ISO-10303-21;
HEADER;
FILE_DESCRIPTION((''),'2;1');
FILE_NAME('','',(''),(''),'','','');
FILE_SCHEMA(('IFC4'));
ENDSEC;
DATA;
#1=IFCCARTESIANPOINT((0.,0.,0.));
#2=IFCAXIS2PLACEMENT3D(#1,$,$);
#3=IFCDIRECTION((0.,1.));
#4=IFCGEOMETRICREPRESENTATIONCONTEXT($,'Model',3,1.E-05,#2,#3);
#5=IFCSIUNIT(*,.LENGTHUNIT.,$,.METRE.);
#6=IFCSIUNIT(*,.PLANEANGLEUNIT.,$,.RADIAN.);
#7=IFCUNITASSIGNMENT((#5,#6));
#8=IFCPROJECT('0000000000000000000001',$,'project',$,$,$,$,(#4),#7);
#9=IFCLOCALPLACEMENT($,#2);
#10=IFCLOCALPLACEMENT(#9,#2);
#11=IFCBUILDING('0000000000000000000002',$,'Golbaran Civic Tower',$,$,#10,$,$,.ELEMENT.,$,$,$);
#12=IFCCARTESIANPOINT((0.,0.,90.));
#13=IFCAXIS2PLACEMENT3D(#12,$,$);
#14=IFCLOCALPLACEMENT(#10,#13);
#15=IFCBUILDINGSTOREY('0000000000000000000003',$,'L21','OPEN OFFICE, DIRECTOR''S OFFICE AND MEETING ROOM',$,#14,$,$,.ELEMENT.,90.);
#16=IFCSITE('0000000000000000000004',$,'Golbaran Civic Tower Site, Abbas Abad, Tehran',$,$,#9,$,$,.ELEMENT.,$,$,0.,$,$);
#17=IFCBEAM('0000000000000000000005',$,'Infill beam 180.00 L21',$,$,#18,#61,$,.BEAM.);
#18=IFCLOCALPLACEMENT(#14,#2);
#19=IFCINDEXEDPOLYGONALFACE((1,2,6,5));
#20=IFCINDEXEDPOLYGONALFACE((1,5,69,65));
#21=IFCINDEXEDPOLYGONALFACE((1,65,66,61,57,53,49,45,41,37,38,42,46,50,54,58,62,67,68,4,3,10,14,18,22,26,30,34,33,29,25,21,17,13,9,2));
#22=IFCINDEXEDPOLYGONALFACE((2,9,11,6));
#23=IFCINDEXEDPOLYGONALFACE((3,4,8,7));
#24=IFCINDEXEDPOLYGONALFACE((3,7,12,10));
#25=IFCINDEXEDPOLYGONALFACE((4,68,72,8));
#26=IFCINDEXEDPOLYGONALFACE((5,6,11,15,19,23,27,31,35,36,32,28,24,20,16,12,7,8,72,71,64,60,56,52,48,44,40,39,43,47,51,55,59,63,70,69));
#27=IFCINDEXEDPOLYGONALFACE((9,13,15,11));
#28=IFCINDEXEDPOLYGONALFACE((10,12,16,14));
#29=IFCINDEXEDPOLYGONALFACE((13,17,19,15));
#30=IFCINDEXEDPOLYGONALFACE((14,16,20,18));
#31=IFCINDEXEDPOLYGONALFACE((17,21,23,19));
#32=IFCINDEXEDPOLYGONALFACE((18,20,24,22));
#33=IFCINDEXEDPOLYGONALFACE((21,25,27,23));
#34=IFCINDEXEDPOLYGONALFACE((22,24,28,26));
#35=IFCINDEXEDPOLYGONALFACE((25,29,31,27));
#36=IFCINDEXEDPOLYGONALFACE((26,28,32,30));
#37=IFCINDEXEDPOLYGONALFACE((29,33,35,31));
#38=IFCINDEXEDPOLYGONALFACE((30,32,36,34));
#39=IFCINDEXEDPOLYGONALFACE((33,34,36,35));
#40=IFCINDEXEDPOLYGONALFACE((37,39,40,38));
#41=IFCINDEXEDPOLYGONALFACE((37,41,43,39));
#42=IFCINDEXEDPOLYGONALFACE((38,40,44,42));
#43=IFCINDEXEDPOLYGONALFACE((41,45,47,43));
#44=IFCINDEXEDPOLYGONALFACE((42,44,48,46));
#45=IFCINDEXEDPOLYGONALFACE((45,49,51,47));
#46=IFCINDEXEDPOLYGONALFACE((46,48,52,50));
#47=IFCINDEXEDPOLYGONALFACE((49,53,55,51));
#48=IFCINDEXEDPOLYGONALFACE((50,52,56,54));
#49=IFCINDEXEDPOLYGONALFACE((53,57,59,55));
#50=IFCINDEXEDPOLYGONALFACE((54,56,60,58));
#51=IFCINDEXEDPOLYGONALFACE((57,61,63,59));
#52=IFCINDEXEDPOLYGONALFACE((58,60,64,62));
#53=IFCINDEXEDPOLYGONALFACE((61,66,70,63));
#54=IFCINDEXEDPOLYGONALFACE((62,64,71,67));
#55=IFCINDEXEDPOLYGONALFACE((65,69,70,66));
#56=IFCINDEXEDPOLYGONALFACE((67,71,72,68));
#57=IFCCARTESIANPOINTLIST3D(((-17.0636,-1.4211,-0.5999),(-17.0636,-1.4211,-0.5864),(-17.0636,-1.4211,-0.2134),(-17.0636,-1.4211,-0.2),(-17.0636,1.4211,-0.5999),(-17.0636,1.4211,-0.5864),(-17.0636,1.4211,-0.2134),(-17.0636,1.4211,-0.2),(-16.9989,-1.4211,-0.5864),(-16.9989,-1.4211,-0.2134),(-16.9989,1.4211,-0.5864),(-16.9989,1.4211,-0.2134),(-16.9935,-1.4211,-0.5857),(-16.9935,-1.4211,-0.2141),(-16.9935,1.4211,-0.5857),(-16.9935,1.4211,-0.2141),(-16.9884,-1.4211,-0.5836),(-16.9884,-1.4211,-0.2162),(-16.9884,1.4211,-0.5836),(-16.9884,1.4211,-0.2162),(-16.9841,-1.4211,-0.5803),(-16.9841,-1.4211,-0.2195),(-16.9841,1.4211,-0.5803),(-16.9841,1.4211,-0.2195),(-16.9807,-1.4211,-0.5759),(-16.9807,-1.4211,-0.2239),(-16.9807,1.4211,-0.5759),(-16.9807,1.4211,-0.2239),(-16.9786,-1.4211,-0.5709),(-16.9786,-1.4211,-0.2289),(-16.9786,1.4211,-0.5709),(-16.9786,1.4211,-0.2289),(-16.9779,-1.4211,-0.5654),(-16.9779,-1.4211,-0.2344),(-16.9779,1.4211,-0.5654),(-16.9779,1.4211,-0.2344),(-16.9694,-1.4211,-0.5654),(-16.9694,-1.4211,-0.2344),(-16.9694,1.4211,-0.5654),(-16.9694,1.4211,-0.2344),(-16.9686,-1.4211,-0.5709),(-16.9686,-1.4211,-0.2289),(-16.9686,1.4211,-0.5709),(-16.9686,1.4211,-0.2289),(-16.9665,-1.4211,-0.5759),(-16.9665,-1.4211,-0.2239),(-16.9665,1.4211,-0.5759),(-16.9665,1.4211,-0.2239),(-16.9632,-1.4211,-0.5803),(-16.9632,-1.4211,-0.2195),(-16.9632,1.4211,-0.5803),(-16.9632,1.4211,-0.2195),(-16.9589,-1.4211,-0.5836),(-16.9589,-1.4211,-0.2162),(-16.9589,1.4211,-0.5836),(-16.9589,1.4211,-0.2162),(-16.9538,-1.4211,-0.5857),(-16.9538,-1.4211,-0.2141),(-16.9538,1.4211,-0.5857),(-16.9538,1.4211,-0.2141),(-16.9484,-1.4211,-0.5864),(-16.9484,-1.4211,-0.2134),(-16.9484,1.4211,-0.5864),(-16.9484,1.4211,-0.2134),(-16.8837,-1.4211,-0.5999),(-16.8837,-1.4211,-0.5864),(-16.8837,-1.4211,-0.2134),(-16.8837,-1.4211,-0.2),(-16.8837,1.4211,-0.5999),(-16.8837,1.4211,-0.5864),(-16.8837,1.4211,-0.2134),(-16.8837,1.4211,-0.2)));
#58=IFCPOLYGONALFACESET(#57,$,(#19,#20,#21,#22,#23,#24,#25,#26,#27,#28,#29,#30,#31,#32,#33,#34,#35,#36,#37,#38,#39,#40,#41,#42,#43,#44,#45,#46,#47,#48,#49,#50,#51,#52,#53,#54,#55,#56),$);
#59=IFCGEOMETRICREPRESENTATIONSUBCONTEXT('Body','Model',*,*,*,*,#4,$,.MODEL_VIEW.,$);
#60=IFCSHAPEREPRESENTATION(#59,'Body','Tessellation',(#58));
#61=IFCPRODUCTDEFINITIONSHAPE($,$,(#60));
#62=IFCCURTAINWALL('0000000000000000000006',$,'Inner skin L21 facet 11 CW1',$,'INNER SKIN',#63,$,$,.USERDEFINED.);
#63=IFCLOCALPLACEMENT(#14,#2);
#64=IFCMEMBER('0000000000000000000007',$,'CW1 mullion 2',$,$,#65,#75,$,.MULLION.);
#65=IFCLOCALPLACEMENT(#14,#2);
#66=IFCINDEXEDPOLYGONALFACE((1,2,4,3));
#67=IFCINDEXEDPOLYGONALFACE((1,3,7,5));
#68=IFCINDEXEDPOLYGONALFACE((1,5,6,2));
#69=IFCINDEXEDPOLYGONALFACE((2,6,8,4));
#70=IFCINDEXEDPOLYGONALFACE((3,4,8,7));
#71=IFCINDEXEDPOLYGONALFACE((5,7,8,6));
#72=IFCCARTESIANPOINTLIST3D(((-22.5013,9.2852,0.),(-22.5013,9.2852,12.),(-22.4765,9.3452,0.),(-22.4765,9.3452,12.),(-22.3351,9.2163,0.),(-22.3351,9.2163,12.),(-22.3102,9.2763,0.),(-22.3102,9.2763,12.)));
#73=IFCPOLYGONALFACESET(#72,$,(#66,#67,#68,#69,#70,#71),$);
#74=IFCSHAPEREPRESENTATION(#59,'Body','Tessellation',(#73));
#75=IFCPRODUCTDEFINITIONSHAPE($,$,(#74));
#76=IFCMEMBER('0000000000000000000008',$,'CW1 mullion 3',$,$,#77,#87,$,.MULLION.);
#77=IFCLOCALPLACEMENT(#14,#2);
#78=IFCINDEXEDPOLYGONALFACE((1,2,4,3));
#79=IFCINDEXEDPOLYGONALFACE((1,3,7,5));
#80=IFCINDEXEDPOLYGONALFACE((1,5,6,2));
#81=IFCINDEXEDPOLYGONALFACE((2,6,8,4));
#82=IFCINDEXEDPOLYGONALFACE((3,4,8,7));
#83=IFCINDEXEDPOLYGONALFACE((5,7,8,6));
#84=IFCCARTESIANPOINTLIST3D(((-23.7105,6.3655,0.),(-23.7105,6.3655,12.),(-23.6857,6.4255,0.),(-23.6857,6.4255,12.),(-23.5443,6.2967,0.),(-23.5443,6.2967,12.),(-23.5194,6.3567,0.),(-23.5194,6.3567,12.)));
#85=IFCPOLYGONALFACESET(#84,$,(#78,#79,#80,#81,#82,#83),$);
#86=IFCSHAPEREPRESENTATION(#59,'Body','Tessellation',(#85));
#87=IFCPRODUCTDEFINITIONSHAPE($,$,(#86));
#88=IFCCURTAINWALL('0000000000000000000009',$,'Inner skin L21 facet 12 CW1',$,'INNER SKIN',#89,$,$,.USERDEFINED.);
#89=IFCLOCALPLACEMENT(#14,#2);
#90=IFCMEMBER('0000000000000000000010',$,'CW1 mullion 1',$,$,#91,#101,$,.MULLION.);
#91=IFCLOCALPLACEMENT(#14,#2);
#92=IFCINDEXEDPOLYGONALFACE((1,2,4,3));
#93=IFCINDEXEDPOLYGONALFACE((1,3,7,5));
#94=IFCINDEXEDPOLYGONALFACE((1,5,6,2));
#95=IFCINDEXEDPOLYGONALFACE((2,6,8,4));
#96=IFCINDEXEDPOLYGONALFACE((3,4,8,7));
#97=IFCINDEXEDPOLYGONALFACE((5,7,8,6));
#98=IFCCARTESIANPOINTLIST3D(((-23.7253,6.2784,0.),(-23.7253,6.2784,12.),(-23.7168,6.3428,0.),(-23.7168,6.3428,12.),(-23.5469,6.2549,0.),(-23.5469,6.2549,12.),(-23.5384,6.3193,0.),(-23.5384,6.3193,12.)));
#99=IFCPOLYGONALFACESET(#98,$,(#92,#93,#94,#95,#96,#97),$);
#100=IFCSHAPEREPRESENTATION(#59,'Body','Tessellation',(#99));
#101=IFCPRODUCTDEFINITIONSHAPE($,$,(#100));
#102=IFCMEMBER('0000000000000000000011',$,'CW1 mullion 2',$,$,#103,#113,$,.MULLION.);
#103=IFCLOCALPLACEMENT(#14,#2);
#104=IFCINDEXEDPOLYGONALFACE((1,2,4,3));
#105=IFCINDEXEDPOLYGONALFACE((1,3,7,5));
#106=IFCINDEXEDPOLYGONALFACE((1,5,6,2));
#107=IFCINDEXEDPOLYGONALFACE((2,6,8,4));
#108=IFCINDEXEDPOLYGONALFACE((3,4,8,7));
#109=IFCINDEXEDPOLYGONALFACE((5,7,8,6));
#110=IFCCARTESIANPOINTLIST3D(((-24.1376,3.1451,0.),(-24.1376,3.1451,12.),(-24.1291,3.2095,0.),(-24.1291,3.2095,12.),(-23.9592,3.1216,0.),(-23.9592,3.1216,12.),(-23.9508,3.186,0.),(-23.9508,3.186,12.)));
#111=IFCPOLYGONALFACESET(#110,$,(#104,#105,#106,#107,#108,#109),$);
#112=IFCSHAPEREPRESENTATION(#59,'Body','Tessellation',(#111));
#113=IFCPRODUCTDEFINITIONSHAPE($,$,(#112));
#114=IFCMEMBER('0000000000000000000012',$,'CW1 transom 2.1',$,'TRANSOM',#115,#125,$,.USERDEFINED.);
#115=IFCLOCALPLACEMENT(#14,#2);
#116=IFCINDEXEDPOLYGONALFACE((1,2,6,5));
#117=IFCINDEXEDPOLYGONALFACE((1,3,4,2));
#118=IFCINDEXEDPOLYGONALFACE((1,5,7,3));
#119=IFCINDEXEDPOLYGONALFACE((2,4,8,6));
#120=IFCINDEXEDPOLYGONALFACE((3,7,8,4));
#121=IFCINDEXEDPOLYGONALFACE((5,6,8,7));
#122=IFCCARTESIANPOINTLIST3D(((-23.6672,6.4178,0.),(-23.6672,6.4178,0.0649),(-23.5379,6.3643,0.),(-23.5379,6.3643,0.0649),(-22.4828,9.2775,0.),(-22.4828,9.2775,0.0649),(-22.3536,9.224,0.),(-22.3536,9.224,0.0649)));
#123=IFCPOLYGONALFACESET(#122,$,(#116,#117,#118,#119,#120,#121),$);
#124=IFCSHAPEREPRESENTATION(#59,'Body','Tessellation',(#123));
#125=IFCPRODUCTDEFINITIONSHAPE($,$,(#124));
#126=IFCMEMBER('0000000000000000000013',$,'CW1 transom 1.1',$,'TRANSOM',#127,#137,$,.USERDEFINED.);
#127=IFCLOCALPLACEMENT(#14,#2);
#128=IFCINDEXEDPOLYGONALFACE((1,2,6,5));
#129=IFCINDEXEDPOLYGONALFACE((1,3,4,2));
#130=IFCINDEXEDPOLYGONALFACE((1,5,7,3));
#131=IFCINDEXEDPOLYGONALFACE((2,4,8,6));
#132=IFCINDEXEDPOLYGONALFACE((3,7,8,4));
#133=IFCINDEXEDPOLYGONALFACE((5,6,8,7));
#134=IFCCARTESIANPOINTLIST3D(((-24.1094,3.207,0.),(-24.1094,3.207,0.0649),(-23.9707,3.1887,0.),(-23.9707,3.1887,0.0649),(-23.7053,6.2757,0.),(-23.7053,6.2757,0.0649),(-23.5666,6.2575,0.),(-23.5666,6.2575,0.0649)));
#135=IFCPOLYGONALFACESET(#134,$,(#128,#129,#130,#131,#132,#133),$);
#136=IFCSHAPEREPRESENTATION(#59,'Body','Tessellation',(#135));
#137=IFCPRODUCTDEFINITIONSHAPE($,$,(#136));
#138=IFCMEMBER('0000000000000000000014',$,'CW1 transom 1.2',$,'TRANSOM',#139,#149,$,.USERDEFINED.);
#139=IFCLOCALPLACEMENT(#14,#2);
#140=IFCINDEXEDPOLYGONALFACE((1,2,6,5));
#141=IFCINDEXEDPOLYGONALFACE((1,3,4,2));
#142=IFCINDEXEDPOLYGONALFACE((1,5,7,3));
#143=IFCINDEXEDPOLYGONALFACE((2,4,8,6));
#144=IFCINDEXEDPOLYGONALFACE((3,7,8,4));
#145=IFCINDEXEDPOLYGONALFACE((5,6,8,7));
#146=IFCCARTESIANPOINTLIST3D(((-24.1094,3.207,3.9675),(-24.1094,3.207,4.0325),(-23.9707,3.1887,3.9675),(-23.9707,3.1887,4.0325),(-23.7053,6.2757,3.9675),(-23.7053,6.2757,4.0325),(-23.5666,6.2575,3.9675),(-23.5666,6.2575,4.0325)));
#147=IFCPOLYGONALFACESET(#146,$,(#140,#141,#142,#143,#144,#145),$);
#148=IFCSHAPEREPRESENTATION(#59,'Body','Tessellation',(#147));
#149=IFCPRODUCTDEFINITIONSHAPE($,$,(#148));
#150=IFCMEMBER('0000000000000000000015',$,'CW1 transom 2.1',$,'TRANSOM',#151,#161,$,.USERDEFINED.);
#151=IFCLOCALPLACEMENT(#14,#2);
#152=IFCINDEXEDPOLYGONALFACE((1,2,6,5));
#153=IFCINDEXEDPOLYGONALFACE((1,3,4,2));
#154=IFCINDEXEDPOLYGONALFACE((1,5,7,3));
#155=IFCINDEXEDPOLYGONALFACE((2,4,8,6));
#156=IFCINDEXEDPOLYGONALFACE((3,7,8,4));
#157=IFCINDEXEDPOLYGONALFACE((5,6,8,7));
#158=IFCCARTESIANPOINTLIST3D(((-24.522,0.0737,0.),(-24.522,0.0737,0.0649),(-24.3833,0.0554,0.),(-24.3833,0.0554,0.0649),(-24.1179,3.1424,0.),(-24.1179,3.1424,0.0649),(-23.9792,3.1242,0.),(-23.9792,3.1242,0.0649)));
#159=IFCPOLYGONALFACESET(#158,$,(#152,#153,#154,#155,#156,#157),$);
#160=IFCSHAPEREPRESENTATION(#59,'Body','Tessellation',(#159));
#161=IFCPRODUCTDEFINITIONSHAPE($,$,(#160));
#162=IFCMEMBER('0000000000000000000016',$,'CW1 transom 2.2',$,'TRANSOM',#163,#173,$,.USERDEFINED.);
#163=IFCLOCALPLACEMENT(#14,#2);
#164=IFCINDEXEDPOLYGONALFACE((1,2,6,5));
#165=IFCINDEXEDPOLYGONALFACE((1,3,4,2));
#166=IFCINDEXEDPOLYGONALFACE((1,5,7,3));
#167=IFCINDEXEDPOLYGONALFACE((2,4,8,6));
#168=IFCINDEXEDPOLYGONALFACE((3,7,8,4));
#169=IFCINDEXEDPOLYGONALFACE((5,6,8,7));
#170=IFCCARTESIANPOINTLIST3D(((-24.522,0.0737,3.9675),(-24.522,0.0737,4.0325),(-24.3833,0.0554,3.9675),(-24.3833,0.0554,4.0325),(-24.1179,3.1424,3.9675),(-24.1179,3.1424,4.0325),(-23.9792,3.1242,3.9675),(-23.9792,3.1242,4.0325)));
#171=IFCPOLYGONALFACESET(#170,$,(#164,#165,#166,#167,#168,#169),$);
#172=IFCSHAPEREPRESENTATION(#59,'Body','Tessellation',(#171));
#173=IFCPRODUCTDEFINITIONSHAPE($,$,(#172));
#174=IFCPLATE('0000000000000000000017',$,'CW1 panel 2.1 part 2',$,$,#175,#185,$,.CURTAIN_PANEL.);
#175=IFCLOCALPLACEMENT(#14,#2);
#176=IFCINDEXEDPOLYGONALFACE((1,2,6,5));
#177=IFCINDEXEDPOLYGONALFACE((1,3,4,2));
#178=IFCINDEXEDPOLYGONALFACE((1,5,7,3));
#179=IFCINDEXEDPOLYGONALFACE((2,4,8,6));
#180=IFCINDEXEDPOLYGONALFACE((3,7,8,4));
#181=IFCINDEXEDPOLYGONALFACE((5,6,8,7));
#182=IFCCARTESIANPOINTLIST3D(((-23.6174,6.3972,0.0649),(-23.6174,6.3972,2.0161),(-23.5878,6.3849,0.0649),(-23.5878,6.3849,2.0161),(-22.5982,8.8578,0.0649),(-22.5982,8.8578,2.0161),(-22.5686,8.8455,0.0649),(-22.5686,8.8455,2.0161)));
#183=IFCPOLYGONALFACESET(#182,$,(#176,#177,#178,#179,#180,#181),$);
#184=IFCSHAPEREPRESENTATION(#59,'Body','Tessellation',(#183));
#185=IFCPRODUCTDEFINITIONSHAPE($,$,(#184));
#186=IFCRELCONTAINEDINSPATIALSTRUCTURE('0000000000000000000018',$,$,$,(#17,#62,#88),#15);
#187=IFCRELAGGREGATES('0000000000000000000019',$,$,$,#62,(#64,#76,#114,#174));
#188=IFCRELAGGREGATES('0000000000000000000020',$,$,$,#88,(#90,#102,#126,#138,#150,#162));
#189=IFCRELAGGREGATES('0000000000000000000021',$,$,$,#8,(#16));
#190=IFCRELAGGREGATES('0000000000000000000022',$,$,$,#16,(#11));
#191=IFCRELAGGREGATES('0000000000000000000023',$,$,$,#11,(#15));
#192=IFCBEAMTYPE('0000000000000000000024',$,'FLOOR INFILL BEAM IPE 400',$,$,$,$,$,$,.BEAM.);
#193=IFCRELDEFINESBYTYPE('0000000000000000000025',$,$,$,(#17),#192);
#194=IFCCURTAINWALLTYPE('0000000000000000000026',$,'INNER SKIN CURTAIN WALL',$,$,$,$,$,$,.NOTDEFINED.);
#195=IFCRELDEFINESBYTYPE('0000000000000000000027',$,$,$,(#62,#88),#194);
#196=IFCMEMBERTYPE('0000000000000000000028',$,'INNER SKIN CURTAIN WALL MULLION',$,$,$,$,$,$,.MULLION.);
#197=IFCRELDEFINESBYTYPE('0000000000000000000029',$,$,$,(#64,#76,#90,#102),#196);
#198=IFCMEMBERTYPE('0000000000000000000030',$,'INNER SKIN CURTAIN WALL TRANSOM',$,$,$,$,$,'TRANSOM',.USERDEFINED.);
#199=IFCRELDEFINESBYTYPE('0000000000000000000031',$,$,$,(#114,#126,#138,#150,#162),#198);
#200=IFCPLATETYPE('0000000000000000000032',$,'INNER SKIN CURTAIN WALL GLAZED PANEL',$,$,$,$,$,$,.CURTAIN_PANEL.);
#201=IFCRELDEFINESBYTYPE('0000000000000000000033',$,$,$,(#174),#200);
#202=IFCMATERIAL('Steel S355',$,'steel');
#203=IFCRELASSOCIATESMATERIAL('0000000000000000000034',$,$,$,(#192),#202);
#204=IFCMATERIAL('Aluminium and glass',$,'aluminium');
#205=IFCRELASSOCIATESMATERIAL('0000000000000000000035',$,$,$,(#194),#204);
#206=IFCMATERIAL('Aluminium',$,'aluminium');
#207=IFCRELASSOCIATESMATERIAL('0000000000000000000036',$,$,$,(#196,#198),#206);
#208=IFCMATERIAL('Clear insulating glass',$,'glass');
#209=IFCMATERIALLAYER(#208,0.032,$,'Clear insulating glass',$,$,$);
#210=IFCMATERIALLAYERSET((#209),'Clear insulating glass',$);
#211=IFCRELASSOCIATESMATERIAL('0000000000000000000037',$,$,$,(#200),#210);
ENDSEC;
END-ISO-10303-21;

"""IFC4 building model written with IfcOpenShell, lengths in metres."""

from ifc_helpers import new_model, si_unit, direction, frame, origin, origin_2d, place, context, subcontext, project, spatial, rectangle, i_section, extrude, material, layer, layer_set, material_profile, profile_set, type_object, element, aggregate, save


model = new_model("IFC4")

# Units and contexts
model_context = context("Model", 3, precision=1e-05, world=origin(), true_north=direction((0.0, 1.0)))
body_context = subcontext(model_context, "Body", "Model", "MODEL_VIEW")
ifc_project = project(units=[si_unit("LENGTHUNIT", "METRE"), si_unit("PLANEANGLEUNIT", "RADIAN")], contexts=[model_context])

# Site, building, storey
site_placement = place(None, origin())
site = spatial("IfcSite", under=ifc_project, at=site_placement, Name="Golbaran Civic Tower Site, Abbas Abad, Tehran", CompositionType="ELEMENT", RefElevation=0.0)
building_placement = place(site_placement, origin())
building = spatial("IfcBuilding", under=site, at=building_placement, Name="Golbaran Civic Tower", CompositionType="ELEMENT")
storey_placement = place(building_placement, frame((0.0, 0.0, 90.0)))
storey = spatial("IfcBuildingStorey", under=building, at=storey_placement, Name="L21", Description="OPEN OFFICE, DIRECTOR'S OFFICE AND MEETING ROOM", CompositionType="ELEMENT", Elevation=90.0)

# Beam
ifc_material_1 = material(Name="Steel S355", Category="steel")
ifc_material_profile_1 = material_profile(ifc_material_1, i_section(OverallWidth=0.1799, OverallDepth=0.3999, WebThickness=0.0085, FlangeThickness=0.0134, FilletRadius=0.021, at=origin_2d()), Name="IPE 400")
ifc_profile_set_1 = profile_set([ifc_material_profile_1], Name="Steel S355")
beam_type_1 = type_object("IfcBeamType", Name="FLOOR INFILL BEAM IPE 400", PredefinedType="BEAM", material=ifc_profile_set_1)
beam_1_placement = place(storey_placement, frame((-16.9736, 1.4211, -0.3999), z_axis=(0.0, -1.0, 0.0), x_axis=(1.0, 0.0, 0.0)))
element("IfcBeam", 1, at=beam_1_placement, inside=storey, type_object=beam_type_1, Name="Infill beam 180.00 L21", PredefinedType="BEAM", context=body_context, shape_type="SweptSolid", body=[
    extrude(i_section(OverallWidth=0.1799, OverallDepth=0.3999, WebThickness=0.0085, FlangeThickness=0.0134, FilletRadius=0.021, at=origin_2d()), origin(), (0.0, 0.0, 1.0), 2.8423),
])

# Curtain walls, members
ifc_material_2 = material(Name="Aluminium and glass", Category="aluminium")
curtain_wall_type = type_object("IfcCurtainWallType", Name="INNER SKIN CURTAIN WALL", PredefinedType="NOTDEFINED", material=ifc_material_2)
curtain_wall_1_placement = place(storey_placement, origin())
curtain_wall_1 = element("IfcCurtainWall", 2, at=curtain_wall_1_placement, inside=storey, type_object=curtain_wall_type, Name="Inner skin L21 facet 11 CW1", ObjectType="INNER SKIN", PredefinedType="USERDEFINED")
ifc_material_3 = material(Name="Aluminium", Category="aluminium")
ifc_material_profile_2 = material_profile(ifc_material_3, rectangle(XDim=0.1799, YDim=0.0649, at=origin_2d()), Name="INNER SKIN CURTAIN WALL MULLION")
ifc_profile_set_2 = profile_set([ifc_material_profile_2], Name="Aluminium")
member_type_1 = type_object("IfcMemberType", Name="INNER SKIN CURTAIN WALL MULLION", PredefinedType="MULLION", material=ifc_profile_set_2)
member_1_placement = place(storey_placement, frame((-22.4058, 9.2808, 0.0), z_axis=(0.0, 0.0, 1.0), x_axis=(0.92388, -0.382683, 0.0)))
member_1 = element("IfcMember", 3, at=member_1_placement, type_object=member_type_1, Name="CW1 mullion 2", PredefinedType="MULLION", context=body_context, shape_type="SweptSolid", body=[
    extrude(rectangle(XDim=0.1799, YDim=0.0649, at=origin_2d()), origin(), (0.0, 0.0, 1.0), 12.0),
])
member_2_placement = place(storey_placement, frame((-23.615, 6.3611, 0.0), z_axis=(0.0, 0.0, 1.0), x_axis=(0.92388, -0.382683, 0.0)))
member_2 = element("IfcMember", 4, at=member_2_placement, type_object=member_type_1, Name="CW1 mullion 3", PredefinedType="MULLION", context=body_context, shape_type="SweptSolid", body=[
    extrude(rectangle(XDim=0.1799, YDim=0.0649, at=origin_2d()), origin(), (0.0, 0.0, 1.0), 12.0),
])
curtain_wall_2_placement = place(storey_placement, origin())
curtain_wall_2 = element("IfcCurtainWall", 5, at=curtain_wall_2_placement, inside=storey, type_object=curtain_wall_type, Name="Inner skin L21 facet 12 CW1", ObjectType="INNER SKIN", PredefinedType="USERDEFINED")
member_3_placement = place(storey_placement, frame((-23.6318, 6.2988, 0.0), z_axis=(0.0, 0.0, 1.0), x_axis=(0.991445, -0.130526, 0.0)))
member_3 = element("IfcMember", 6, at=member_3_placement, type_object=member_type_1, Name="CW1 mullion 1", PredefinedType="MULLION", context=body_context, shape_type="SweptSolid", body=[
    extrude(rectangle(XDim=0.1799, YDim=0.0649, at=origin_2d()), origin(), (0.0, 0.0, 1.0), 12.0),
])
member_4_placement = place(storey_placement, frame((-24.0442, 3.1655, 0.0), z_axis=(0.0, 0.0, 1.0), x_axis=(0.991445, -0.130526, 0.0)))
member_4 = element("IfcMember", 7, at=member_4_placement, type_object=member_type_1, Name="CW1 mullion 2", PredefinedType="MULLION", context=body_context, shape_type="SweptSolid", body=[
    extrude(rectangle(XDim=0.1799, YDim=0.0649, at=origin_2d()), origin(), (0.0, 0.0, 1.0), 12.0),
])

# Members
ifc_material_profile_3 = material_profile(ifc_material_3, rectangle(XDim=0.1399, YDim=0.0649, at=origin_2d()), Name="INNER SKIN CURTAIN WALL TRANSOM")
ifc_profile_set_3 = profile_set([ifc_material_profile_3], Name="Aluminium")
member_type_2 = type_object("IfcMemberType", Name="INNER SKIN CURTAIN WALL TRANSOM", ElementType="TRANSOM", PredefinedType="USERDEFINED", material=ifc_profile_set_3)
member_5_placement = place(storey_placement, frame((-22.4182, 9.2507, 0.0325), z_axis=(-0.382637, -0.923899, 0.0), x_axis=(0.923899, -0.382637, 0.0)))
member_5 = element("IfcMember", 8, at=member_5_placement, type_object=member_type_2, Name="CW1 transom 2.1", ObjectType="TRANSOM", PredefinedType="USERDEFINED", context=body_context, shape_type="SweptSolid", body=[
    extrude(rectangle(XDim=0.1399, YDim=0.0649, at=origin_2d()), origin(), (0.0, 0.0, 1.0), 3.0952),
])
member_6_placement = place(storey_placement, frame((-23.636, 6.2666, 0.0325), z_axis=(-0.130536, -0.991444, 0.0), x_axis=(0.991444, -0.130536, 0.0)))
member_6 = element("IfcMember", 9, at=member_6_placement, type_object=member_type_2, Name="CW1 transom 1.1", ObjectType="TRANSOM", PredefinedType="USERDEFINED", context=body_context, shape_type="SweptSolid", body=[
    extrude(rectangle(XDim=0.1399, YDim=0.0649, at=origin_2d()), origin(), (0.0, 0.0, 1.0), 3.0952),
])
member_7_placement = place(storey_placement, frame((-23.636, 6.2666, 4.0), z_axis=(-0.130536, -0.991444, 0.0), x_axis=(0.991444, -0.130536, 0.0)))
member_7 = element("IfcMember", 10, at=member_7_placement, type_object=member_type_2, Name="CW1 transom 1.2", ObjectType="TRANSOM", PredefinedType="USERDEFINED", context=body_context, shape_type="SweptSolid", body=[
    extrude(rectangle(XDim=0.1399, YDim=0.0649, at=origin_2d()), origin(), (0.0, 0.0, 1.0), 3.0952),
])
member_8_placement = place(storey_placement, frame((-24.0486, 3.1333, 0.0325), z_axis=(-0.130536, -0.991444, 0.0), x_axis=(0.991444, -0.130536, 0.0)))
member_8 = element("IfcMember", 11, at=member_8_placement, type_object=member_type_2, Name="CW1 transom 2.1", ObjectType="TRANSOM", PredefinedType="USERDEFINED", context=body_context, shape_type="SweptSolid", body=[
    extrude(rectangle(XDim=0.1399, YDim=0.0649, at=origin_2d()), origin(), (0.0, 0.0, 1.0), 3.0952),
])
member_9_placement = place(storey_placement, frame((-24.0486, 3.1333, 4.0), z_axis=(-0.130536, -0.991444, 0.0), x_axis=(0.991444, -0.130536, 0.0)))
member_9 = element("IfcMember", 12, at=member_9_placement, type_object=member_type_2, Name="CW1 transom 2.2", ObjectType="TRANSOM", PredefinedType="USERDEFINED", context=body_context, shape_type="SweptSolid", body=[
    extrude(rectangle(XDim=0.1399, YDim=0.0649, at=origin_2d()), origin(), (0.0, 0.0, 1.0), 3.0952),
])

# Plate
ifc_material_4 = material(Name="Clear insulating glass", Category="glass")
ifc_layer_1 = layer(ifc_material_4, 0.032, Name="Clear insulating glass")
ifc_layer_set_1 = layer_set([ifc_layer_1], Name="Clear insulating glass")
plate_type_1 = type_object("IfcPlateType", Name="INNER SKIN CURTAIN WALL GLAZED PANEL", PredefinedType="CURTAIN_PANEL", material=ifc_layer_set_1)
plate_1_placement = place(storey_placement, frame((-23.093, 7.6213, 0.0649), z_axis=(0.0, 0.0, 1.0), x_axis=(-0.382683, -0.92388, 0.0)))
plate_1 = element("IfcPlate", 13, at=plate_1_placement, type_object=plate_type_1, Name="CW1 panel 2.1 part 2", PredefinedType="CURTAIN_PANEL", context=body_context, shape_type="SweptSolid", body=[
    extrude(rectangle(XDim=2.6633, YDim=0.032, at=origin_2d()), origin(), (0.0, 0.0, 1.0), 1.9512),
])
aggregate(curtain_wall_1, [member_1, member_2, member_5, plate_1])
aggregate(curtain_wall_2, [member_3, member_4, member_6, member_7, member_8, member_9])

save(model, "model.ifc")
